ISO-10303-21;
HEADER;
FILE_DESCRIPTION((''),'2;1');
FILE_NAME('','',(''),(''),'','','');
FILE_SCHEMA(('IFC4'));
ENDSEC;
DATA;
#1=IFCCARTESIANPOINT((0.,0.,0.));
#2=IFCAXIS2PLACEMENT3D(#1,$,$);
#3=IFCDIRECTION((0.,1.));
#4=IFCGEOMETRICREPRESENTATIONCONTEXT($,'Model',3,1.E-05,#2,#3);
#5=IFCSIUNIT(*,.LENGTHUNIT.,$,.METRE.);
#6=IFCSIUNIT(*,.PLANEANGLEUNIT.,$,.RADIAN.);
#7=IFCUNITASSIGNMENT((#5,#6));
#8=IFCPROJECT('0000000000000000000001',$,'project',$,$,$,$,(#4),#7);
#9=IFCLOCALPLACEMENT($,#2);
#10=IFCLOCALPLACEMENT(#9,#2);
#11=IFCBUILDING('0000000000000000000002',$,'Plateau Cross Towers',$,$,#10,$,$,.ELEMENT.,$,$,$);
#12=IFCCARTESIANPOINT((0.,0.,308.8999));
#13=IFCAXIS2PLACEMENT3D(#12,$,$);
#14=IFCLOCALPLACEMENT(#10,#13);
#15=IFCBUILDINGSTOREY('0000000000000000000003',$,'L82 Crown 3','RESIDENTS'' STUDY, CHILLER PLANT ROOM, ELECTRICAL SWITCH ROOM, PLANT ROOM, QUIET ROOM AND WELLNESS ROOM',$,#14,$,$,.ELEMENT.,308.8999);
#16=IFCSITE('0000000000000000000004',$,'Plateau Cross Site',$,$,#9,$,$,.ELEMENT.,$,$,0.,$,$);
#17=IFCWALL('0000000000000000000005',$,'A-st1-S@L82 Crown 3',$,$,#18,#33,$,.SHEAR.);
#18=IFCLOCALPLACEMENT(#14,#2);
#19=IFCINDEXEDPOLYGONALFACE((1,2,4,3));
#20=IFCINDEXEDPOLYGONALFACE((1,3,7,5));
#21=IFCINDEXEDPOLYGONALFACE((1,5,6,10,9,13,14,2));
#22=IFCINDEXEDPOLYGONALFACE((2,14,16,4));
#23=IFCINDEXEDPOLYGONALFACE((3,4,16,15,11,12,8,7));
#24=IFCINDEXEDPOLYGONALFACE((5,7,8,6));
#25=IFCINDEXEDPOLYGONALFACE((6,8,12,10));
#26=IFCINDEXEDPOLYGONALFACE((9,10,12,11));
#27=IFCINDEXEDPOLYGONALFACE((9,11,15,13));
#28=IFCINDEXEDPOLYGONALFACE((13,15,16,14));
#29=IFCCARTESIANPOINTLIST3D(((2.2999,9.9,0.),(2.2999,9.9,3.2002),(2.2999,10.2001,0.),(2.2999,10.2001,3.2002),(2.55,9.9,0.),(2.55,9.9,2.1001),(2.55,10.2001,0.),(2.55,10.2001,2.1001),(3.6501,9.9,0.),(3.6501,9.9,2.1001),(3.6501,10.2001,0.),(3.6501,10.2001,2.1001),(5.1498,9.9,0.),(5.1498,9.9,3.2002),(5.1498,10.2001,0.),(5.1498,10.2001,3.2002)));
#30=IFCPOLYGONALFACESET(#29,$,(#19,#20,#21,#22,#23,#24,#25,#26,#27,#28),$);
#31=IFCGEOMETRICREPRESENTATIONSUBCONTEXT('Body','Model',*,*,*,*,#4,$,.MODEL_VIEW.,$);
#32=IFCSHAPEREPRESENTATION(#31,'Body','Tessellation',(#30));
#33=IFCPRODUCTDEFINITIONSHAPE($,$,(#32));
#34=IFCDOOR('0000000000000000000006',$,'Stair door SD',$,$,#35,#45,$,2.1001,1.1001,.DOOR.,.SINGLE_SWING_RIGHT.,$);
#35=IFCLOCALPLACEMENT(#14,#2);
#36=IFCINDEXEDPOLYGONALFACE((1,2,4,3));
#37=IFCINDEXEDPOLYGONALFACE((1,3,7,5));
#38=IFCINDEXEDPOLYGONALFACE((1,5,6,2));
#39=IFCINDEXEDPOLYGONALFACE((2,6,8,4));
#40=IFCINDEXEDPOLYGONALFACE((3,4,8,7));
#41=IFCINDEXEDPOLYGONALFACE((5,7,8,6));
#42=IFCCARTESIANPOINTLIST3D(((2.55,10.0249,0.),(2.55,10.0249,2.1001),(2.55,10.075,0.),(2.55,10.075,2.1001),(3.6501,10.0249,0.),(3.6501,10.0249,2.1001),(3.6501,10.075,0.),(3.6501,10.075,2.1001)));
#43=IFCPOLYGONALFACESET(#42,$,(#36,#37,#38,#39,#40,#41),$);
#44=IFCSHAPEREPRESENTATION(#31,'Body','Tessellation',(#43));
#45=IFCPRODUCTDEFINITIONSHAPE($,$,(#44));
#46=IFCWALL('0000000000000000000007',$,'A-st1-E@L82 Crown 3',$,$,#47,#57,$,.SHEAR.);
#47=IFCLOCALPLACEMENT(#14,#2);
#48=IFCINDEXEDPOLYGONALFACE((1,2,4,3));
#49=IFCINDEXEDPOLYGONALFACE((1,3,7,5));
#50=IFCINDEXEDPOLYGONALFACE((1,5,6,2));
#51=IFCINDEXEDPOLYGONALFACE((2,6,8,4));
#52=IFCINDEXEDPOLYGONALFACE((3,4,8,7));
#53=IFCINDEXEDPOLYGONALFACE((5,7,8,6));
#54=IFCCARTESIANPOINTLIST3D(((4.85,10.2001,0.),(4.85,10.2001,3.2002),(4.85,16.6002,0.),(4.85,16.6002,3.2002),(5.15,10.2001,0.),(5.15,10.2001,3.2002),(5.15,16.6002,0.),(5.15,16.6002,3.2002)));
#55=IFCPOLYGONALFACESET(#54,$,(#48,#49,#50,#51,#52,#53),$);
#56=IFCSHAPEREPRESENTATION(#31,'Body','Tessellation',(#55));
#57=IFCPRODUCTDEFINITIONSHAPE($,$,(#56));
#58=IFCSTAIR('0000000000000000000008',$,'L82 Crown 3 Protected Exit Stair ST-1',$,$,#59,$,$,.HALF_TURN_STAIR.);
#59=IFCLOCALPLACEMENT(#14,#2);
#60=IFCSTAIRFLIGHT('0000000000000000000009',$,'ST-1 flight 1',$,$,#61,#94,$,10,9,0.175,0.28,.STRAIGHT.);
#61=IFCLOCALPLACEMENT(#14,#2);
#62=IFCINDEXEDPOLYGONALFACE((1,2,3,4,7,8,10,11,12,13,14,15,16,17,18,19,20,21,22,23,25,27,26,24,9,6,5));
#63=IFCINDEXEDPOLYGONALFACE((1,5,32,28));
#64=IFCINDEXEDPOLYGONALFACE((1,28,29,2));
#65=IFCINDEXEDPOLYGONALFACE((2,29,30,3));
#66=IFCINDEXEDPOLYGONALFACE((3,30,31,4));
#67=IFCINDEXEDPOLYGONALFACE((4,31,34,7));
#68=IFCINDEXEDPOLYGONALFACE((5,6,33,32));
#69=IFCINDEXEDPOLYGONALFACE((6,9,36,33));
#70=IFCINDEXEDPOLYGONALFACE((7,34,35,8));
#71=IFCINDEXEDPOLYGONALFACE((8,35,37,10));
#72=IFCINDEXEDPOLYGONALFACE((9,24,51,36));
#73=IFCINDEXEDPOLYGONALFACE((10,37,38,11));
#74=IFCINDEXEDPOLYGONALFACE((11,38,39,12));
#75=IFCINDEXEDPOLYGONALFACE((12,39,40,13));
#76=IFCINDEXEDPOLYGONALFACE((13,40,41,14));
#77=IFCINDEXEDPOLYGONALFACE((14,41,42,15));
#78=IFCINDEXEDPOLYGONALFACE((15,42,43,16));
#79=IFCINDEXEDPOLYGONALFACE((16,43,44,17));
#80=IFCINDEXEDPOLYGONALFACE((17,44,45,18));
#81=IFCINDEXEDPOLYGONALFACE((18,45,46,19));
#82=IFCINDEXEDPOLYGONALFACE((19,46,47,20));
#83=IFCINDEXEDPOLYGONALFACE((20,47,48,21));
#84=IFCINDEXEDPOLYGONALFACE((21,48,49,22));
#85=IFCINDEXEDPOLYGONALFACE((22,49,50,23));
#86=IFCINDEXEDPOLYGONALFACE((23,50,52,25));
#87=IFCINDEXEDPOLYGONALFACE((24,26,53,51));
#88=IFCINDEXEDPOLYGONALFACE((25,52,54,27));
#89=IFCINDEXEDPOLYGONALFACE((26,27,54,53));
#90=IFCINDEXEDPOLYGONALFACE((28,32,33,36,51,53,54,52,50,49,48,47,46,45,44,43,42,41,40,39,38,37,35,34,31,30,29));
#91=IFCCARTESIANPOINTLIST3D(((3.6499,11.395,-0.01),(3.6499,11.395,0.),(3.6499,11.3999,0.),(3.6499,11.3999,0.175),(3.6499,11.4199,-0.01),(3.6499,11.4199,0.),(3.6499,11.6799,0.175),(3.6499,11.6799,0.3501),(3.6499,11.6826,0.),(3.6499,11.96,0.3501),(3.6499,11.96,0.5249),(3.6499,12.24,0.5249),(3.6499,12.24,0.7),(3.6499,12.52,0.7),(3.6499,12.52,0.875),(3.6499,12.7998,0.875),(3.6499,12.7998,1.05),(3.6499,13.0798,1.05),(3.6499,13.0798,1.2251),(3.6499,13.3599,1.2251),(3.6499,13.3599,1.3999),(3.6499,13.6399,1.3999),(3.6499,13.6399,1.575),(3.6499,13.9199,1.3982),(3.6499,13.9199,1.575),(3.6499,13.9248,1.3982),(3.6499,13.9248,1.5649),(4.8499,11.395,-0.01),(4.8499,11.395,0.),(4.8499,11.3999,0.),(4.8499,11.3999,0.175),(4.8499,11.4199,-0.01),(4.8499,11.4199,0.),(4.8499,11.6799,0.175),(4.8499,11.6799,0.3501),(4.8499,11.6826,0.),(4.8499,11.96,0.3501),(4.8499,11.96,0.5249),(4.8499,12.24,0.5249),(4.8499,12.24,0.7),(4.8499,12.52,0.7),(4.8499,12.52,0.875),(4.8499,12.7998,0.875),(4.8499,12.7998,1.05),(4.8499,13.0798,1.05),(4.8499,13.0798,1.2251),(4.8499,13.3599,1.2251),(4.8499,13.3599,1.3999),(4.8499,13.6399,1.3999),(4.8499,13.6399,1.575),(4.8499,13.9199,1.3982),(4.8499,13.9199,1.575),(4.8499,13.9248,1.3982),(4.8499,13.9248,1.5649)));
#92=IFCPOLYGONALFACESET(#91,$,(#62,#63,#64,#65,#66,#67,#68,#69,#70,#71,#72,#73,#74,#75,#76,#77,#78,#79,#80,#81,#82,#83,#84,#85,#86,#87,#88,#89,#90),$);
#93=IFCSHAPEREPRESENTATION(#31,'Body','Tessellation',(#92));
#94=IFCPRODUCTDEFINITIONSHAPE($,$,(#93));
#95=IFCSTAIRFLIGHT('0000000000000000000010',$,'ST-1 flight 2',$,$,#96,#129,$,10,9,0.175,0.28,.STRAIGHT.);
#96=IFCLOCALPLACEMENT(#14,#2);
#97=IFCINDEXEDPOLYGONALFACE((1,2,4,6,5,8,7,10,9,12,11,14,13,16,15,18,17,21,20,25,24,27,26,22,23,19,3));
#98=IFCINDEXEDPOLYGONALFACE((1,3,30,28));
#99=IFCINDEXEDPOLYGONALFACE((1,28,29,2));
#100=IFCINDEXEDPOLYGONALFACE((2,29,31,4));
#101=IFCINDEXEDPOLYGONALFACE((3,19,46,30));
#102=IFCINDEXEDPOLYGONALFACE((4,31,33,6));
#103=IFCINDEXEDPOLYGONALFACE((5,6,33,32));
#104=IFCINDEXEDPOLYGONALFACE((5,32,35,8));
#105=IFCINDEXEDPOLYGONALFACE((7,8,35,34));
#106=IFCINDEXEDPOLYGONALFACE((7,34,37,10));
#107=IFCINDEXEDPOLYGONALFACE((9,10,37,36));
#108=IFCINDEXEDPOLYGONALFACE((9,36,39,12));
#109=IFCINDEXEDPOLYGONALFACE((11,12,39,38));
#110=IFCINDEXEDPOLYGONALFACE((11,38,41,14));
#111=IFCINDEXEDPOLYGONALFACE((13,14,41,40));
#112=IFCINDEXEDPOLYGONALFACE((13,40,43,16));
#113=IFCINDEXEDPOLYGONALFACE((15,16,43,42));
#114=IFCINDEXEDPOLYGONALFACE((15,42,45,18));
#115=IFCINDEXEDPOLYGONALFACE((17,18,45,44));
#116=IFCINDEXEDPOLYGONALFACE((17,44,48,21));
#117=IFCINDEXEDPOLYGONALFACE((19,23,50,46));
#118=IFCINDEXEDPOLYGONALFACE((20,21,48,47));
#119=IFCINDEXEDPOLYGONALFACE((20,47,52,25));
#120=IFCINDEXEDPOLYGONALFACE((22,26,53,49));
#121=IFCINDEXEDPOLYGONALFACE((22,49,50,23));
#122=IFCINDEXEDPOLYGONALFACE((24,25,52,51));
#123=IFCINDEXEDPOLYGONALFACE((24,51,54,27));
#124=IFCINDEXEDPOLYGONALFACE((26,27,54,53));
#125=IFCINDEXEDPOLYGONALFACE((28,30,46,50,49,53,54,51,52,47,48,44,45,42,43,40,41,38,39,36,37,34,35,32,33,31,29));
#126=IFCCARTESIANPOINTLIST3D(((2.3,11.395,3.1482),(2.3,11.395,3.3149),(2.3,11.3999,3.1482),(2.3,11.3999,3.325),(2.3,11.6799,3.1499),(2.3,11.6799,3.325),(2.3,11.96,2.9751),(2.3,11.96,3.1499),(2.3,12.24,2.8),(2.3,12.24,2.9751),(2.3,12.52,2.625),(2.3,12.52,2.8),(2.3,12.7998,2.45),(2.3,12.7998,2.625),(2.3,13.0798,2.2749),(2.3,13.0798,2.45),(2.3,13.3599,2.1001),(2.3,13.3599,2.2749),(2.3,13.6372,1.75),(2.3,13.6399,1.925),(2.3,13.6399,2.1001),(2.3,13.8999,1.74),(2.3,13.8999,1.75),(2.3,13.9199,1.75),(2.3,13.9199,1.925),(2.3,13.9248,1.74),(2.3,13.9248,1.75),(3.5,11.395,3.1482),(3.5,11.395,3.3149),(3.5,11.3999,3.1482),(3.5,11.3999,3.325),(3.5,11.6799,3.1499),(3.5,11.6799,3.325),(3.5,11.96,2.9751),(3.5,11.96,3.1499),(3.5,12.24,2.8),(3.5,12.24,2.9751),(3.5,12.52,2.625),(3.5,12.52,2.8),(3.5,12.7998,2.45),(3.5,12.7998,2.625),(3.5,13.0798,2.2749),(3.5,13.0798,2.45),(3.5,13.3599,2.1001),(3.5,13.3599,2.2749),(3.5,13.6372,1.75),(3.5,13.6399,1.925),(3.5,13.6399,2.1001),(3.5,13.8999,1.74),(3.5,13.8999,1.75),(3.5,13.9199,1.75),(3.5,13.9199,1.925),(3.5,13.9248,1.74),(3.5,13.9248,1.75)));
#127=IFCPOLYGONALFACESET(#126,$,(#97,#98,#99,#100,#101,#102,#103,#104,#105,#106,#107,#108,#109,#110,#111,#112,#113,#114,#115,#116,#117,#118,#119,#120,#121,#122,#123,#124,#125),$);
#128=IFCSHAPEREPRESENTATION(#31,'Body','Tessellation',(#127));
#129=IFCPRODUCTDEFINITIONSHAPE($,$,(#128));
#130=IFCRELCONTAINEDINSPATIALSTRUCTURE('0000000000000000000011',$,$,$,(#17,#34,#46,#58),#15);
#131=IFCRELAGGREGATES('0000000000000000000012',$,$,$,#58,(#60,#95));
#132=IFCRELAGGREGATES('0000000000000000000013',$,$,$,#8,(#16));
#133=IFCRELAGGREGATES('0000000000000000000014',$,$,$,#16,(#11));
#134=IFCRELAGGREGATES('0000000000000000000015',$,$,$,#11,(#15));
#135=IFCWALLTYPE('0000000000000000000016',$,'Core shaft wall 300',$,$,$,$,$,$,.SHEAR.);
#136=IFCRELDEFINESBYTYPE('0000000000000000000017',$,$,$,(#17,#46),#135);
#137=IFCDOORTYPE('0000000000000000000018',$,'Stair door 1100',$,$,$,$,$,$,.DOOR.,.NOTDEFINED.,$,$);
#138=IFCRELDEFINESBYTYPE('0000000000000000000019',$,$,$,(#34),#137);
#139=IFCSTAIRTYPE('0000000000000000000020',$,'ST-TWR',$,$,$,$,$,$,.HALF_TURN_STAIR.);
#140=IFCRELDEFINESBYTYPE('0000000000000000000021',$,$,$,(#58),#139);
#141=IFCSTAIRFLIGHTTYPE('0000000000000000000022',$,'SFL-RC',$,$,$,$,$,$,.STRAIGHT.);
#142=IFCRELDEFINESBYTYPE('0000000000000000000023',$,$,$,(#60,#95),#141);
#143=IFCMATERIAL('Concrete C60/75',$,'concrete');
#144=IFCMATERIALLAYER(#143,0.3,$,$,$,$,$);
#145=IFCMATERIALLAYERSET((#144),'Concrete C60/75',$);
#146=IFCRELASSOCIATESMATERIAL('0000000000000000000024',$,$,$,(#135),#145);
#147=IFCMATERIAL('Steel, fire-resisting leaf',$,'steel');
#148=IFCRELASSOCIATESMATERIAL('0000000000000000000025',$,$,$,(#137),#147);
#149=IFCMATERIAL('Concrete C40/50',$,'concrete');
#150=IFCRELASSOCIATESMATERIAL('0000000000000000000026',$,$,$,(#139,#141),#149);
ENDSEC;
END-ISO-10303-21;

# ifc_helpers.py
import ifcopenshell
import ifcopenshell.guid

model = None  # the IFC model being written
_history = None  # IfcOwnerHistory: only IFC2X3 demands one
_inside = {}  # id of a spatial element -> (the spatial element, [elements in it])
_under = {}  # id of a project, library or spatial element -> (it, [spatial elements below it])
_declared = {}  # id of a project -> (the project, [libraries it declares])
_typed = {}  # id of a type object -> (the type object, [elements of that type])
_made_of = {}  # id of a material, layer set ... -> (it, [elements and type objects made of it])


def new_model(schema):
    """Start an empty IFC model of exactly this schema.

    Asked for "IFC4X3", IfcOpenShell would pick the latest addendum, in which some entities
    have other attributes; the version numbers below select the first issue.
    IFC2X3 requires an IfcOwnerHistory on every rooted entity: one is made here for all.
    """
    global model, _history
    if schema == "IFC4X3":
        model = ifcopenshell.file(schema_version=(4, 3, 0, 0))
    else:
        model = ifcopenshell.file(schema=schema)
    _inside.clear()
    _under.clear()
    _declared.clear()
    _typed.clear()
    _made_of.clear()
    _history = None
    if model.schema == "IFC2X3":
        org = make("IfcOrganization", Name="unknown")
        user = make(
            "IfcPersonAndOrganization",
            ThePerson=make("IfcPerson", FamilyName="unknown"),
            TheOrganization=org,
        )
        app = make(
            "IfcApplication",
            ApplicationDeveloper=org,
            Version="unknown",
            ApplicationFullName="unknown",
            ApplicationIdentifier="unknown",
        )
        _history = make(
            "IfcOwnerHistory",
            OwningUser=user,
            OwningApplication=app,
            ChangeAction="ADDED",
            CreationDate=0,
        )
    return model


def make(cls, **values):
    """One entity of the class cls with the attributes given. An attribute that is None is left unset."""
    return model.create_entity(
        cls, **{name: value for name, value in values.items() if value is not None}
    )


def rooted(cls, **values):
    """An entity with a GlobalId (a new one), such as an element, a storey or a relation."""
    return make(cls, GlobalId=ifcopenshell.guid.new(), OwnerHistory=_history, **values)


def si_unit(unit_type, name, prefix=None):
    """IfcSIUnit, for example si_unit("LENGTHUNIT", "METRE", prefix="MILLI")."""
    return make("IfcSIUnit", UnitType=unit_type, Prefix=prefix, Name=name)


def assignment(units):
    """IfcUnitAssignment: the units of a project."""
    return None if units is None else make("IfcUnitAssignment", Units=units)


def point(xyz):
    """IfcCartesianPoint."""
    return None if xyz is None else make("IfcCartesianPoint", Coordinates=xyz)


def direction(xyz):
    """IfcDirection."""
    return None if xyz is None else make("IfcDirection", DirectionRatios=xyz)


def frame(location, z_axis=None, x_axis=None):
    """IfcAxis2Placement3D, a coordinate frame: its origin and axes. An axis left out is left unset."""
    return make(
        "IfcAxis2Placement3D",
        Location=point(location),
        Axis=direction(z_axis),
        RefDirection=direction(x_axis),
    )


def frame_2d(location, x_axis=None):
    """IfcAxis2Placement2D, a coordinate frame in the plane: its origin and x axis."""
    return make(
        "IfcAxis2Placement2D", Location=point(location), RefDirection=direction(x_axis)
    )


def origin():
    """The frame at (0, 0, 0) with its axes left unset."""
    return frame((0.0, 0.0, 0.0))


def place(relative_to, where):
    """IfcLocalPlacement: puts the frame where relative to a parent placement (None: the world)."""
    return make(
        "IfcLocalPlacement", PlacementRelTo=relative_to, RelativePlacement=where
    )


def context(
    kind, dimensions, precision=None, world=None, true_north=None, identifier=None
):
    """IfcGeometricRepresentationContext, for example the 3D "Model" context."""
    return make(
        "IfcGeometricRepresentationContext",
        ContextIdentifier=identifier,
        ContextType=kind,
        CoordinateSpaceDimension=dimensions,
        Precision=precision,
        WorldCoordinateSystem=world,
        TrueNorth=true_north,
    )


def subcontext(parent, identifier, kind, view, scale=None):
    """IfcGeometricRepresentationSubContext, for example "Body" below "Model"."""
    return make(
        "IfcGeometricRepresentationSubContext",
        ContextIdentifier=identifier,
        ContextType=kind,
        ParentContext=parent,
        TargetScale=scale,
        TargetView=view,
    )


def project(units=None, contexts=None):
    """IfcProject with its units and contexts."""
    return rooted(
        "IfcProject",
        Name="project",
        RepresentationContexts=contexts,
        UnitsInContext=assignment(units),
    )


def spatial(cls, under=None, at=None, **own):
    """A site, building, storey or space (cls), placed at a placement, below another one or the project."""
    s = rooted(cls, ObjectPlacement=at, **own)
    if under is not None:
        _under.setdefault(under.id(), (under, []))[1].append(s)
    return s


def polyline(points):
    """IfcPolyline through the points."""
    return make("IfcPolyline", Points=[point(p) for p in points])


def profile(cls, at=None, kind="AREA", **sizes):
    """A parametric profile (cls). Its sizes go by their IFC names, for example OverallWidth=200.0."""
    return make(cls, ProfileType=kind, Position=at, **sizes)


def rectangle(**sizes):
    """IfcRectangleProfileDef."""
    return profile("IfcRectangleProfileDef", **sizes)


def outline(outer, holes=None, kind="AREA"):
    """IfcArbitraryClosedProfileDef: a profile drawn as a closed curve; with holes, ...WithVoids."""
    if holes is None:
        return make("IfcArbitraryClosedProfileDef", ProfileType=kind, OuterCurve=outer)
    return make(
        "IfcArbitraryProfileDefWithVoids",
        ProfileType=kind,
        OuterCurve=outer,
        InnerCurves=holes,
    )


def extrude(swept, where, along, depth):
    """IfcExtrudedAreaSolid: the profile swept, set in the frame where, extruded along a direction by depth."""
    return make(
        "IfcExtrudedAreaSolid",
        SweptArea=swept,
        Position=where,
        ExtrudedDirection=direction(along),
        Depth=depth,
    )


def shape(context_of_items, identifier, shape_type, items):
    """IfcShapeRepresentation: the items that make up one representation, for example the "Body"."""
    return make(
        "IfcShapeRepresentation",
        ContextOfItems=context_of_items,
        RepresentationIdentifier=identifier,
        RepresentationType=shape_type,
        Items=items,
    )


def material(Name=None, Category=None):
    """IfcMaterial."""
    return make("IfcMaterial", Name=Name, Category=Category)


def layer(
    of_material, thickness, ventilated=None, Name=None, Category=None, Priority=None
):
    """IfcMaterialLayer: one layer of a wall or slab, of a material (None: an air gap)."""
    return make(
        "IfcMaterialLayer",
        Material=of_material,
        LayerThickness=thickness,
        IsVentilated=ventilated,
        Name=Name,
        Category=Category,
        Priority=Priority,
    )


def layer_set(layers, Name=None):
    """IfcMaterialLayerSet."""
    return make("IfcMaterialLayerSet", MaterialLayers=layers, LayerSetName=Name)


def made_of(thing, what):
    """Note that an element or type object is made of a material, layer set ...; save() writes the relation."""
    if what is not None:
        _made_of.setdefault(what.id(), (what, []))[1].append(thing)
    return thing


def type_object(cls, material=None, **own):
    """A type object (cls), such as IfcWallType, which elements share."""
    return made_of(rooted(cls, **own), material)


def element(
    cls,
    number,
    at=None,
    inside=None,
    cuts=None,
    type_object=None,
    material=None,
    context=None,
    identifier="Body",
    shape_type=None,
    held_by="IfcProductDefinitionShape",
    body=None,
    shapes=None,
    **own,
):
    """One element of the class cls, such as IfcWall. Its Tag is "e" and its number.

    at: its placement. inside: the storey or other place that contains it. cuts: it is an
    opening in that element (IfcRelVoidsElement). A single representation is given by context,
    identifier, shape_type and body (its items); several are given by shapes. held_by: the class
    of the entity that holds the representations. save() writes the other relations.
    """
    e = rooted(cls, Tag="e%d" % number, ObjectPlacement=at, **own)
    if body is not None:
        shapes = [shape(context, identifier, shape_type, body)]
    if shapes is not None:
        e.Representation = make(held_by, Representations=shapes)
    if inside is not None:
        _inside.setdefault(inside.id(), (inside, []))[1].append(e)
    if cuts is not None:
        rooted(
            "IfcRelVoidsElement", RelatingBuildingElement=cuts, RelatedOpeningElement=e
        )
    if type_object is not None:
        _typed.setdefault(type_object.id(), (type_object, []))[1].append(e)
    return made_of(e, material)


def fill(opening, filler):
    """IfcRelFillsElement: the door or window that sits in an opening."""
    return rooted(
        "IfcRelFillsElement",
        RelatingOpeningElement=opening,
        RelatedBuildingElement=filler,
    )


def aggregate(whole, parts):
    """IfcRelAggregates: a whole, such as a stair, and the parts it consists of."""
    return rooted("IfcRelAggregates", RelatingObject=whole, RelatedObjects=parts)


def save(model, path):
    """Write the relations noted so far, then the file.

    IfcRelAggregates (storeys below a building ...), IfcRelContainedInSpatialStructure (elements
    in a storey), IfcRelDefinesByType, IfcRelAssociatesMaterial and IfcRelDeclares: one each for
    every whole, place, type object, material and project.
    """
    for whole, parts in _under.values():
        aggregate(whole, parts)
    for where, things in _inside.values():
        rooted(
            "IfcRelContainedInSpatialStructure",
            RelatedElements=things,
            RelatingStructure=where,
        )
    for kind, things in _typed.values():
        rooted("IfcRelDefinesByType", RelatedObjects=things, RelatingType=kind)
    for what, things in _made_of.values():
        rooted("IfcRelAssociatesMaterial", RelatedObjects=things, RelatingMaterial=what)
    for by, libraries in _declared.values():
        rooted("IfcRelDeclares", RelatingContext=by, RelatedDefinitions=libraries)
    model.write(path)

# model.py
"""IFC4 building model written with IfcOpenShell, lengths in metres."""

from ifc_helpers import new_model, si_unit, direction, frame, frame_2d, origin, place, context, subcontext, project, spatial, polyline, rectangle, outline, extrude, material, layer, layer_set, type_object, element, fill, aggregate, save


model = new_model("IFC4")

# Units and contexts
model_context = context("Model", 3, precision=1e-05, world=origin(), true_north=direction((0.0, 1.0)))
body_context = subcontext(model_context, "Body", "Model", "MODEL_VIEW")
ifc_project = project(units=[si_unit("LENGTHUNIT", "METRE"), si_unit("PLANEANGLEUNIT", "RADIAN")], contexts=[model_context])

# Site, building, storey
site_placement = place(None, origin())
site = spatial("IfcSite", under=ifc_project, at=site_placement, Name="Plateau Cross Site", CompositionType="ELEMENT", RefElevation=0.0)
building_placement = place(site_placement, origin())
building = spatial("IfcBuilding", under=site, at=building_placement, Name="Plateau Cross Towers", CompositionType="ELEMENT")
storey_placement = place(building_placement, frame((0.0, 0.0, 308.8999)))
storey = spatial("IfcBuildingStorey", under=building, at=storey_placement, Name="L82 Crown 3", Description="RESIDENTS' STUDY, CHILLER PLANT ROOM, ELECTRICAL SWITCH ROOM, PLANT ROOM, QUIET ROOM AND WELLNESS ROOM", CompositionType="ELEMENT", Elevation=308.8999)

# Wall, opening, door
ifc_material_1 = material(Name="Concrete C60/75", Category="concrete")
ifc_layer_1 = layer(ifc_material_1, 0.3)
ifc_layer_set_1 = layer_set([ifc_layer_1], Name="Concrete C60/75")
wall_type_1 = type_object("IfcWallType", Name="Core shaft wall 300", PredefinedType="SHEAR", material=ifc_layer_set_1)
wall_1_placement = place(storey_placement, frame((2.3, 10.05, 0.0), z_axis=(0.0, 0.0, 1.0), x_axis=(1.0, 0.0, 0.0)))
wall_1 = element("IfcWall", 1, at=wall_1_placement, inside=storey, type_object=wall_type_1, Name="A-st1-S@L82 Crown 3", PredefinedType="SHEAR", context=body_context, shape_type="SweptSolid", body=[
    extrude(rectangle(XDim=2.8499, YDim=0.3, at=frame_2d((1.4248, 0.0))), origin(), (0.0, 0.0, 1.0), 3.2002),
])
opening_1_placement = place(wall_1_placement, frame((0.25, 0.0, 0.0)))
opening_1 = element("IfcOpeningElement", 2, at=opening_1_placement, cuts=wall_1, PredefinedType="OPENING", context=body_context, shape_type="SweptSolid", body=[
    extrude(rectangle(XDim=1.1001, YDim=2.1001, at=frame_2d((0.55, 1.05))), frame((0.0, 0.1599, 0.0), z_axis=(0.0, -1.0, 0.0), x_axis=(1.0, 0.0, 0.0)), (0.0, 0.0, 1.0), 0.3201),
])
ifc_material_2 = material(Name="Steel, fire-resisting leaf", Category="steel")
door_type_1 = type_object("IfcDoorType", Name="Stair door 1100", OperationType="NOTDEFINED", PredefinedType="DOOR", material=ifc_material_2)
door_1_placement = place(opening_1_placement, origin())
door_1 = element("IfcDoor", 3, at=door_1_placement, inside=storey, type_object=door_type_1, Name="Stair door SD", OperationType="SINGLE_SWING_RIGHT", OverallHeight=2.1001, OverallWidth=1.1001, PredefinedType="DOOR", context=body_context, shape_type="SweptSolid", body=[
    extrude(rectangle(XDim=1.1001, YDim=2.1001, at=frame_2d((0.55, 1.05))), frame((0.0, 0.0249, 0.0), z_axis=(0.0, -1.0, 0.0), x_axis=(1.0, 0.0, 0.0)), (0.0, 0.0, 1.0), 0.05),
])
fill(opening_1, door_1)

# Wall
wall_2_placement = place(storey_placement, frame((5.0, 10.2, 0.0), z_axis=(0.0, 0.0, 1.0), x_axis=(0.0, 1.0, 0.0)))
element("IfcWall", 4, at=wall_2_placement, inside=storey, type_object=wall_type_1, Name="A-st1-E@L82 Crown 3", PredefinedType="SHEAR", context=body_context, shape_type="SweptSolid", body=[
    extrude(rectangle(XDim=6.4001, YDim=0.3, at=frame_2d((3.2002, 0.0))), origin(), (0.0, 0.0, 1.0), 3.2002),
])

# Stair, stair flights
ifc_material_3 = material(Name="Concrete C40/50", Category="concrete")
stair_type = type_object("IfcStairType", Name="ST-TWR", PredefinedType="HALF_TURN_STAIR", material=ifc_material_3)
stair_placement = place(storey_placement, origin())
stair = element("IfcStair", 5, at=stair_placement, inside=storey, type_object=stair_type, Name="L82 Crown 3 Protected Exit Stair ST-1", PredefinedType="HALF_TURN_STAIR")
stair_flight_type = type_object("IfcStairFlightType", Name="SFL-RC", PredefinedType="STRAIGHT", material=ifc_material_3)
stair_flight_1_placement = place(storey_placement, frame((4.25, 11.3999, 0.0), z_axis=(0.0, 0.0, 1.0), x_axis=(0.0, 1.0, 0.0)))
stair_flight_1 = element("IfcStairFlight", 6, at=stair_flight_1_placement, type_object=stair_flight_type, Name="ST-1 flight 1", NumberOfRisers=10, NumberOfTreads=9, PredefinedType="STRAIGHT", RiserHeight=0.175, TreadLength=0.28, context=body_context, shape_type="SweptSolid", body=[
    extrude(outline(polyline([(-0.0049, -0.01), (-0.0049, 0.0), (0.0, 0.0), (0.0, 0.175), (0.28, 0.175), (0.28, 0.3501), (0.5601, 0.3501), (0.5601, 0.5249), (0.8401, 0.5249), (0.8401, 0.7), (1.1201, 0.7), (1.1201, 0.875), (1.3999, 0.875), (1.3999, 1.05), (1.6799, 1.05), (1.6799, 1.2251), (1.96, 1.2251), (1.96, 1.3999), (2.24, 1.3999), (2.24, 1.575), (2.52, 1.575), (2.5249, 1.5649), (2.5249, 1.3982), (2.52, 1.3982), (0.2827, 0.0), (0.02, 0.0), (0.02, -0.01), (-0.0049, -0.01)])), frame((0.0, 0.6001, 0.0), z_axis=(0.0, -1.0, 0.0), x_axis=(1.0, 0.0, 0.0)), (0.0, 0.0, 1.0), 1.2),
])
stair_flight_2_placement = place(storey_placement, frame((2.8999, 13.9199, 1.75), z_axis=(0.0, 0.0, 1.0), x_axis=(0.0, -1.0, 0.0)))
stair_flight_2 = element("IfcStairFlight", 7, at=stair_flight_2_placement, type_object=stair_flight_type, Name="ST-1 flight 2", NumberOfRisers=10, NumberOfTreads=9, PredefinedType="STRAIGHT", RiserHeight=0.175, TreadLength=0.28, context=body_context, shape_type="SweptSolid", body=[
    extrude(outline(polyline([(-0.0049, -0.01), (-0.0049, 0.0), (0.0, 0.0), (0.0, 0.175), (0.28, 0.175), (0.28, 0.3501), (0.5601, 0.3501), (0.5601, 0.5249), (0.8401, 0.5249), (0.8401, 0.7), (1.1201, 0.7), (1.1201, 0.875), (1.3999, 0.875), (1.3999, 1.05), (1.6799, 1.05), (1.6799, 1.2251), (1.96, 1.2251), (1.96, 1.3999), (2.24, 1.3999), (2.24, 1.575), (2.52, 1.575), (2.5249, 1.5649), (2.5249, 1.3982), (2.52, 1.3982), (0.2827, 0.0), (0.02, 0.0), (0.02, -0.01), (-0.0049, -0.01)])), frame((0.0, 0.6001, 0.0), z_axis=(0.0, -1.0, 0.0), x_axis=(1.0, 0.0, 0.0)), (0.0, 0.0, 1.0), 1.2),
])
aggregate(stair, [stair_flight_1, stair_flight_2])

save(model, "model.ifc")
